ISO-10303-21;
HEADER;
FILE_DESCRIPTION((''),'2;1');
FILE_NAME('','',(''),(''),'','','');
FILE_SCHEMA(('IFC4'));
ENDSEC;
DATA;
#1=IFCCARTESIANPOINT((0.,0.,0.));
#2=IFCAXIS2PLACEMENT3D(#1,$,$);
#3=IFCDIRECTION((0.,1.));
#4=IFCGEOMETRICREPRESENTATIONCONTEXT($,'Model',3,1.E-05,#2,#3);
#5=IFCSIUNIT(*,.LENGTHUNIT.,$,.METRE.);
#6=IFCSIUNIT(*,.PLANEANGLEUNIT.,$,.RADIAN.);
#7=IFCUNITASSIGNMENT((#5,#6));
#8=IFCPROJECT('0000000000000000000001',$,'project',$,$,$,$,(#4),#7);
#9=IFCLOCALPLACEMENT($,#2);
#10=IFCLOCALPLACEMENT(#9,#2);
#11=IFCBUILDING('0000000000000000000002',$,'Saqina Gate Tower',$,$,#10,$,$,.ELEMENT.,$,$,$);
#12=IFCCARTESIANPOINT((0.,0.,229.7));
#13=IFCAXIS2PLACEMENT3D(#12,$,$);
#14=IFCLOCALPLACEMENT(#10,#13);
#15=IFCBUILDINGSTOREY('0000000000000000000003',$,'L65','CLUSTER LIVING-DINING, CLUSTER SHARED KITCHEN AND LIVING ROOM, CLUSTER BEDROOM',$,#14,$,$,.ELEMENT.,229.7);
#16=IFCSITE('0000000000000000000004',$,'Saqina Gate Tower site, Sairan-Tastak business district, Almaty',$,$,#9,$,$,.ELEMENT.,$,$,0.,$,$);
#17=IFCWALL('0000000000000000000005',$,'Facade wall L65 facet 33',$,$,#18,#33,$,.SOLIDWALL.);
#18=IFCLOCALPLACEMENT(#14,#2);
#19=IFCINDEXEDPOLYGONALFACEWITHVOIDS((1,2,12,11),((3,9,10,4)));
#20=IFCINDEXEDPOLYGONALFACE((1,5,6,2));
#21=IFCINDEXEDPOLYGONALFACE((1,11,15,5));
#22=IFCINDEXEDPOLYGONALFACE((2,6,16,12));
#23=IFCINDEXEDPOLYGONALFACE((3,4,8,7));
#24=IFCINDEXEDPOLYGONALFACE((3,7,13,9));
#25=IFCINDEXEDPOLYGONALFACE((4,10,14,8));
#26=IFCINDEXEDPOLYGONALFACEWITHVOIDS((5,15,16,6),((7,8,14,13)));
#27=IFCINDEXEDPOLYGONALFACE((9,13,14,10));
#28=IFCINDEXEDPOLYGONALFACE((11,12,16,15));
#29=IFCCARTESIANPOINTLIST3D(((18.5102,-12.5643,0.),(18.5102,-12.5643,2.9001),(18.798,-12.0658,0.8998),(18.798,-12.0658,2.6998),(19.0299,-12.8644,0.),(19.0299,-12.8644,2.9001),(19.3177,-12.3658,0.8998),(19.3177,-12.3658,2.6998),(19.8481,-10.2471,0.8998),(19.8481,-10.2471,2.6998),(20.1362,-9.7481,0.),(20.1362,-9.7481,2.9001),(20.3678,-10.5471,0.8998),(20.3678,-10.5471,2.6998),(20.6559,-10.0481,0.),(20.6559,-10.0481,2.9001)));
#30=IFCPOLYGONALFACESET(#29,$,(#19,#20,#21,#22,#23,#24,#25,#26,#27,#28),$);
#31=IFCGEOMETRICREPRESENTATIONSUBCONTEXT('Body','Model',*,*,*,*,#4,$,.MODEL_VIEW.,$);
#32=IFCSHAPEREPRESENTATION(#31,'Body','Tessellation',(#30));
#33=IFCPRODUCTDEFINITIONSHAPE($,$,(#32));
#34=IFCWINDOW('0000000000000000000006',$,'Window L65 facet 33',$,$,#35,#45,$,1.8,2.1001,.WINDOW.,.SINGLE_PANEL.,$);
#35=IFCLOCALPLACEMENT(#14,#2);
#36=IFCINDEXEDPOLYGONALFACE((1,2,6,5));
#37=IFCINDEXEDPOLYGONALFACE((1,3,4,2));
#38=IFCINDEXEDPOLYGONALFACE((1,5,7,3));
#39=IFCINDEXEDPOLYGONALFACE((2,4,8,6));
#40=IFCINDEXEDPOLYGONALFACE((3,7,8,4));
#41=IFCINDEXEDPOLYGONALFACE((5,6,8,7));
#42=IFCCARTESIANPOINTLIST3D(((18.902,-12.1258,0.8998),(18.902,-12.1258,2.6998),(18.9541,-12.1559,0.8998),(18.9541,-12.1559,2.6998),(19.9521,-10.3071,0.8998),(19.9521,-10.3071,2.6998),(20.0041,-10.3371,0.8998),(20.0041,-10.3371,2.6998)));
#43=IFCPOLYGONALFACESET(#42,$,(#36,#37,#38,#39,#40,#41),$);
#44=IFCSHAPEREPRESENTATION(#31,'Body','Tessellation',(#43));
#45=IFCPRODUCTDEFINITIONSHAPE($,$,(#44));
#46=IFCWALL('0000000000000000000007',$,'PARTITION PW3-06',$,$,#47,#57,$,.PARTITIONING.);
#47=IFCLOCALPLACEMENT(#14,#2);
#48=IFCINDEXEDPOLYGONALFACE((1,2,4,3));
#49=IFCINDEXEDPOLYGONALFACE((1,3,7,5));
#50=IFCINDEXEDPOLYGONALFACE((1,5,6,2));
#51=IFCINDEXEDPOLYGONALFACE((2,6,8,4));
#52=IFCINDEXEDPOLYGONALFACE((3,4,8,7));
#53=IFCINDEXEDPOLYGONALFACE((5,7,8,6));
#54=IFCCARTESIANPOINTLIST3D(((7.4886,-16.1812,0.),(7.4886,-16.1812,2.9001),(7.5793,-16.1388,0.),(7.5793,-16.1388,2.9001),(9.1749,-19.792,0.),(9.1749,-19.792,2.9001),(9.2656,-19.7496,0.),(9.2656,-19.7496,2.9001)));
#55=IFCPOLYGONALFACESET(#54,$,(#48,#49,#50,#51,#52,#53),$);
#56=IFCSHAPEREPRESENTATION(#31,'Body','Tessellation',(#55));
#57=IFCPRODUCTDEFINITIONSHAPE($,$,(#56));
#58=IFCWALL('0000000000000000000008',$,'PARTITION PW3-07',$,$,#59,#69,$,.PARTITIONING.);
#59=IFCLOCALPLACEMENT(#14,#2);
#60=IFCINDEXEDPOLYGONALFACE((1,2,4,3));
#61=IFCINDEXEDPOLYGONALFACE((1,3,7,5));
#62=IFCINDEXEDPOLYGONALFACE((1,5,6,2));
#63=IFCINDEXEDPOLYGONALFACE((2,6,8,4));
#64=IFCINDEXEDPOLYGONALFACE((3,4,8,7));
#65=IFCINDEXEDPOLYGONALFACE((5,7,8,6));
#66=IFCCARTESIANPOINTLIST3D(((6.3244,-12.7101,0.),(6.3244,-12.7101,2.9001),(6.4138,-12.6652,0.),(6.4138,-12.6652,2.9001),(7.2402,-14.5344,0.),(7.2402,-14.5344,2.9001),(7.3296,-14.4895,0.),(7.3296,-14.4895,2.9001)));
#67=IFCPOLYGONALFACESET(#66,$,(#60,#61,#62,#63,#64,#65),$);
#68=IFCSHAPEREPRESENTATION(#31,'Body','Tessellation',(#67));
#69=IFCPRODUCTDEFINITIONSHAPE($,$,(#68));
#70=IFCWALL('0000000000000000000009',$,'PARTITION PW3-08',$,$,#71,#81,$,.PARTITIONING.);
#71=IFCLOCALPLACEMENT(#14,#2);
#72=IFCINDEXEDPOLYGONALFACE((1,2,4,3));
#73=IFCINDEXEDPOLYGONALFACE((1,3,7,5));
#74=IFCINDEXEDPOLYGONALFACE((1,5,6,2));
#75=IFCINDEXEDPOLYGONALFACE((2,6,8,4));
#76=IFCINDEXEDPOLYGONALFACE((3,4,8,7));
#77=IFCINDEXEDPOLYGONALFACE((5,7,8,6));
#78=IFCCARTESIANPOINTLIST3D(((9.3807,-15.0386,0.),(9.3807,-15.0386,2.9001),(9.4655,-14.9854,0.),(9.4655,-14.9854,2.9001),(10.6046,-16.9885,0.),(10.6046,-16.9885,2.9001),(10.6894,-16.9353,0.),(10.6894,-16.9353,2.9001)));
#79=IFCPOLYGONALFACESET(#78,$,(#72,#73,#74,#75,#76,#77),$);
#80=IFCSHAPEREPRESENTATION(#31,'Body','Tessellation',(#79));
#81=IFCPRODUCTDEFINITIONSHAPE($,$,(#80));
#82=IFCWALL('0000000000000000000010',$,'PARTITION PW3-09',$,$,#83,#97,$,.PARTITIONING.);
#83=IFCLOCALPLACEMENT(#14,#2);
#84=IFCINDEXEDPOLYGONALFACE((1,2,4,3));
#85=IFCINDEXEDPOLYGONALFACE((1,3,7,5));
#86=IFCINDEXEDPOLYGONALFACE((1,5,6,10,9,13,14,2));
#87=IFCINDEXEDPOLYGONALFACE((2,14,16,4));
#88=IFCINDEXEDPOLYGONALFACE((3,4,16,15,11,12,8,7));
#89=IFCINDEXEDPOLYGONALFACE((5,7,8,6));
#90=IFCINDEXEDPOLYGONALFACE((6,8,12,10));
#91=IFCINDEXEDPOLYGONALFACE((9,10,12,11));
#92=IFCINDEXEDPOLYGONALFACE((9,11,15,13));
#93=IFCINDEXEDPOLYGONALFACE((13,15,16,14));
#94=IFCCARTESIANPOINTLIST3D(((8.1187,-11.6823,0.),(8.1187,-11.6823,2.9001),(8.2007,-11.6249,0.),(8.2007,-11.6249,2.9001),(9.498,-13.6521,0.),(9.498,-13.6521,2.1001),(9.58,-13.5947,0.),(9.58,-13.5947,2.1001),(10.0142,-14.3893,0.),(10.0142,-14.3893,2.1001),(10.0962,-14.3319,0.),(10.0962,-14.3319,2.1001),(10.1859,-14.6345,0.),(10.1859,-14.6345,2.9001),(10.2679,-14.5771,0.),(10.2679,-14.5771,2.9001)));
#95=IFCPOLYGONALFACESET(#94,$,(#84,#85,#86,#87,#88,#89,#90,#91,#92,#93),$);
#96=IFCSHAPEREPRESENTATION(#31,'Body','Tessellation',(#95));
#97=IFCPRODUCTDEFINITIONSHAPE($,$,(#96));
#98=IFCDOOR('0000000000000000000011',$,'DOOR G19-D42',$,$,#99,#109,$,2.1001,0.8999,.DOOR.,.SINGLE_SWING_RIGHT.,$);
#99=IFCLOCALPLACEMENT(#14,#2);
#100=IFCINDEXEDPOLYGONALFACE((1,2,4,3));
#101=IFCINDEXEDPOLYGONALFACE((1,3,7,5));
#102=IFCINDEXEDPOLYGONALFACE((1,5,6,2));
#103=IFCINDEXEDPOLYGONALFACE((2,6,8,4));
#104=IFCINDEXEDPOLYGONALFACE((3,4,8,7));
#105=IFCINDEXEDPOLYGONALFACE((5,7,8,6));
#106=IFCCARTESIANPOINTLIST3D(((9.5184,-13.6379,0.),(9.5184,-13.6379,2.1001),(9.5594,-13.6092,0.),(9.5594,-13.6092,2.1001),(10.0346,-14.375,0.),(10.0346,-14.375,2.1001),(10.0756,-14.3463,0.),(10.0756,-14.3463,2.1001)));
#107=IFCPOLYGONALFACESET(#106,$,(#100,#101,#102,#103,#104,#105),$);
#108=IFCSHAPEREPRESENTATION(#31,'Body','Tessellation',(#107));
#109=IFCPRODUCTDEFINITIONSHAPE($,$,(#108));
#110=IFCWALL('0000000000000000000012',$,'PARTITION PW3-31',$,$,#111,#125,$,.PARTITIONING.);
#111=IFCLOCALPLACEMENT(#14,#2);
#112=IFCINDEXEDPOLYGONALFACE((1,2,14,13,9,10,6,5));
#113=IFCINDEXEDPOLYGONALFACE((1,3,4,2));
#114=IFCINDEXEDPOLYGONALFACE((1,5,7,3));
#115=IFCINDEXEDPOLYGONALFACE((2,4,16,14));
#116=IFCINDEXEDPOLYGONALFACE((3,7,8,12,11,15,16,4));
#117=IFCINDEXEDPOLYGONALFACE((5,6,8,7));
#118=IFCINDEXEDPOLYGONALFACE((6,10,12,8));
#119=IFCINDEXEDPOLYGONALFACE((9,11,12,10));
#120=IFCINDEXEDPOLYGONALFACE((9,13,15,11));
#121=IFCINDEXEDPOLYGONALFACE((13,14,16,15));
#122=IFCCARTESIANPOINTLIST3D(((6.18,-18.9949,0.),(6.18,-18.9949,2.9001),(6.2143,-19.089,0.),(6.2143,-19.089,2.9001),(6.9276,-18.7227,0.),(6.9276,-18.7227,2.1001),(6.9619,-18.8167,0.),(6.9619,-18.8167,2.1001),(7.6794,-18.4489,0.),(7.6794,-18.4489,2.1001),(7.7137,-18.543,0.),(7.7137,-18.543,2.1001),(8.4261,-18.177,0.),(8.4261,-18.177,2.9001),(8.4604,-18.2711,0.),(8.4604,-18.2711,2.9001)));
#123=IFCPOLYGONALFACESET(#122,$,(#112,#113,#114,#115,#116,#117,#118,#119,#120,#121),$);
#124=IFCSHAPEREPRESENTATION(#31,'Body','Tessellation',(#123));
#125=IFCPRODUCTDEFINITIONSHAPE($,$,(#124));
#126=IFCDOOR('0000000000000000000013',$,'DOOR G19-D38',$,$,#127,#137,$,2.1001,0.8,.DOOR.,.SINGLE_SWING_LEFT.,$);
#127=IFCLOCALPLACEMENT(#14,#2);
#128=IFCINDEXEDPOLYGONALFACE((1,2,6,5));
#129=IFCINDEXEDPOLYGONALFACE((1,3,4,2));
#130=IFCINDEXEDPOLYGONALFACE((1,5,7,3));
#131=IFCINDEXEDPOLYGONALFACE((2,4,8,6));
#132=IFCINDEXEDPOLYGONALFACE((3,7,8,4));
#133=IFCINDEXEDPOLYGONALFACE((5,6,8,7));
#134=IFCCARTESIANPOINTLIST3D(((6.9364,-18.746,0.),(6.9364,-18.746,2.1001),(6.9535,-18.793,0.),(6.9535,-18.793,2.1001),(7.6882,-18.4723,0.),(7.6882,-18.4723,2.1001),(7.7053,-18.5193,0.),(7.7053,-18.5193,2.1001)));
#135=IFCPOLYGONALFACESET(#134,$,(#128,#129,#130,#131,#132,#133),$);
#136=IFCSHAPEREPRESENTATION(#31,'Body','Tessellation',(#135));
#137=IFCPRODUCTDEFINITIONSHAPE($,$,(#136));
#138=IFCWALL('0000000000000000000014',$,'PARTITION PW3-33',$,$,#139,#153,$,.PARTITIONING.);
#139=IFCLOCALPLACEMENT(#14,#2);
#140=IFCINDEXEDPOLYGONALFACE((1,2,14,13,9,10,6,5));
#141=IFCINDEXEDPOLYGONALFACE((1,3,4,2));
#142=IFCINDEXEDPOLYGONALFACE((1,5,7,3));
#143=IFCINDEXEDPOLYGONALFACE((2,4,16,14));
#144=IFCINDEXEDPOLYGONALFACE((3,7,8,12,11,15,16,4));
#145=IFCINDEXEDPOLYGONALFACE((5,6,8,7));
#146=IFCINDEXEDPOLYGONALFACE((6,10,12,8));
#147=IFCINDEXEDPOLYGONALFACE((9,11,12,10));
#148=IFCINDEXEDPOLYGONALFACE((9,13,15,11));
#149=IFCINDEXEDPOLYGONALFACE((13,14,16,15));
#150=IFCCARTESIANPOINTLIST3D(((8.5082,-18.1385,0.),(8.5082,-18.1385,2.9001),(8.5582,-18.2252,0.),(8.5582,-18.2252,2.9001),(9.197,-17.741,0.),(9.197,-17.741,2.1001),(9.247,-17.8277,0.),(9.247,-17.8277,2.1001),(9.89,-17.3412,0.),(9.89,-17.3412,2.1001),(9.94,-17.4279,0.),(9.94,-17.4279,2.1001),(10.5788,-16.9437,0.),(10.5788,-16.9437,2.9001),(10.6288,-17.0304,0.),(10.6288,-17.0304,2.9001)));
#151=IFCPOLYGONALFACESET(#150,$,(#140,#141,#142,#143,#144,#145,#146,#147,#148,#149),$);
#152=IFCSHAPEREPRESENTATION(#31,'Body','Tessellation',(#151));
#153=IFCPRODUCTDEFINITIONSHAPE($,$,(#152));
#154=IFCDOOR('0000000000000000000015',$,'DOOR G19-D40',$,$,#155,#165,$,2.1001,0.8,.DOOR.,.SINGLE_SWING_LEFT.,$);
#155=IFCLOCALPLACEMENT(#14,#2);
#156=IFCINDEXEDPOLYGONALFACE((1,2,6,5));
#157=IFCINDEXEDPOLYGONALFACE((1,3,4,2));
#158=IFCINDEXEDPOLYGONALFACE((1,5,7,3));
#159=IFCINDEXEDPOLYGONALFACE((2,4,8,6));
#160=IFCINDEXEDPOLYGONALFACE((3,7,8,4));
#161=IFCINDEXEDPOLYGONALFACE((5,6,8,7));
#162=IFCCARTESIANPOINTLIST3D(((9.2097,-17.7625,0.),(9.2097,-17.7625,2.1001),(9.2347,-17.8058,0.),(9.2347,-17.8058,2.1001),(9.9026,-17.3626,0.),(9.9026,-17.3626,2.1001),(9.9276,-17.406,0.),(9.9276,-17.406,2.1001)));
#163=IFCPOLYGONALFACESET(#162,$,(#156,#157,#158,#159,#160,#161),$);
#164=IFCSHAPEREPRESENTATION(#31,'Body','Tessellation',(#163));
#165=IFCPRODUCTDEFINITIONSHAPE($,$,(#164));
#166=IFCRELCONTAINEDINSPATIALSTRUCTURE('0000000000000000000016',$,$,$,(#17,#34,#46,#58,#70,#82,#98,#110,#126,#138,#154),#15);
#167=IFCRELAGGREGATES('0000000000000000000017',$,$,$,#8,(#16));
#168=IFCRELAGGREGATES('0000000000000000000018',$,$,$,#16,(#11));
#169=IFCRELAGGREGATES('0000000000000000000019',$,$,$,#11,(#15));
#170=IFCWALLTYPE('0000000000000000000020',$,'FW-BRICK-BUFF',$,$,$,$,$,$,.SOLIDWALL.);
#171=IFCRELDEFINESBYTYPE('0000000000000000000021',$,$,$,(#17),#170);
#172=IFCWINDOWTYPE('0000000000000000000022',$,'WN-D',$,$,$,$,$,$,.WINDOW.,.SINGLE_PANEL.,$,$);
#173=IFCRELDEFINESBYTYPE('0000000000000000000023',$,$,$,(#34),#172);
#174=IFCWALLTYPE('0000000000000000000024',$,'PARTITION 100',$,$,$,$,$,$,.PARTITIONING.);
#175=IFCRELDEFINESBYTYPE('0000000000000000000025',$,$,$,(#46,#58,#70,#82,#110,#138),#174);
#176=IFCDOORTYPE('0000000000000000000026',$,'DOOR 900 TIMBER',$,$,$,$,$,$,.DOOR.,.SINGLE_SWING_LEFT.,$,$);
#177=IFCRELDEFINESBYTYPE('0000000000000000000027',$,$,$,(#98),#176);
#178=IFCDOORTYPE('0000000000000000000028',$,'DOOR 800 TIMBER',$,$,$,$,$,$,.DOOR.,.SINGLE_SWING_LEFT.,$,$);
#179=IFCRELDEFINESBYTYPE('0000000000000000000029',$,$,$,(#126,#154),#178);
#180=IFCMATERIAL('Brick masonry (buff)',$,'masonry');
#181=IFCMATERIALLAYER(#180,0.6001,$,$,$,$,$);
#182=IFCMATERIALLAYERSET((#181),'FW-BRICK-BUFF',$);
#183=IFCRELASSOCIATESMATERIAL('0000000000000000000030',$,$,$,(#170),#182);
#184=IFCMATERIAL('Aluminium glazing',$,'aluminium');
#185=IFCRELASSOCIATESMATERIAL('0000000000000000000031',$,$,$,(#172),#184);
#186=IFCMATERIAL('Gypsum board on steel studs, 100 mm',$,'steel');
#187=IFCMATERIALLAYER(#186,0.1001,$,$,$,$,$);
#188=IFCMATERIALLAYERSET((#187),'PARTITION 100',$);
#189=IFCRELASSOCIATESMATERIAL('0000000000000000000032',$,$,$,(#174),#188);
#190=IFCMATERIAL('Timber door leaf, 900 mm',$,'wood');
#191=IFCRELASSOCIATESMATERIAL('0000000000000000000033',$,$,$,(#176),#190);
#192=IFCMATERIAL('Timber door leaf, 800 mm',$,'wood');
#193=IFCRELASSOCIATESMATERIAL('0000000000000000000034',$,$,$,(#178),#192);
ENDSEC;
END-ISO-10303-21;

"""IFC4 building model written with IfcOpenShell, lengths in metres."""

from ifc_helpers import new_model, si_unit, direction, frame, frame_2d, origin, place, context, subcontext, project, spatial, rectangle, extrude, material, layer, layer_set, type_object, element, fill, save


model = new_model("IFC4")

# Units and contexts
model_context = context("Model", 3, precision=1e-05, world=origin(), true_north=direction((0.0, 1.0)))
body_context = subcontext(model_context, "Body", "Model", "MODEL_VIEW")
ifc_project = project(units=[si_unit("LENGTHUNIT", "METRE"), si_unit("PLANEANGLEUNIT", "RADIAN")], contexts=[model_context])

# Site, building, storey
site_placement = place(None, origin())
site = spatial("IfcSite", under=ifc_project, at=site_placement, Name="Saqina Gate Tower site, Sairan-Tastak business district, Almaty", CompositionType="ELEMENT", RefElevation=0.0)
building_placement = place(site_placement, origin())
building = spatial("IfcBuilding", under=site, at=building_placement, Name="Saqina Gate Tower", CompositionType="ELEMENT")
storey_placement = place(building_placement, frame((0.0, 0.0, 229.7)))
storey = spatial("IfcBuildingStorey", under=building, at=storey_placement, Name="L65", Description="CLUSTER LIVING-DINING, CLUSTER SHARED KITCHEN AND LIVING ROOM, CLUSTER BEDROOM", CompositionType="ELEMENT", Elevation=229.7)

# Wall, opening, window
ifc_material_1 = material(Name="Brick masonry (buff)", Category="masonry")
ifc_layer_1 = layer(ifc_material_1, 0.6001)
ifc_layer_set_1 = layer_set([ifc_layer_1], Name="FW-BRICK-BUFF")
wall_type_1 = type_object("IfcWallType", Name="FW-BRICK-BUFF", PredefinedType="SOLIDWALL", material=ifc_layer_set_1)
ifc_material_2 = material(Name="Aluminium glazing", Category="aluminium")
window_type = type_object("IfcWindowType", Name="WN-D", PartitioningType="SINGLE_PANEL", PredefinedType="WINDOW", material=ifc_material_2)
wall_1_placement = place(storey_placement, frame((18.77, -12.7144, 0.0), z_axis=(0.0, 0.0, 1.0), x_axis=(0.500015, 0.866017, 0.0)))
wall_1 = element("IfcWall", 1, at=wall_1_placement, inside=storey, type_object=wall_type_1, Name="Facade wall L65 facet 33", PredefinedType="SOLIDWALL", context=body_context, shape_type="SweptSolid", body=[
    extrude(rectangle(XDim=3.252, YDim=0.6001, at=frame_2d((1.626, 0.0))), origin(), (0.0, 0.0, 1.0), 2.9001),
])
opening_1_placement = place(wall_1_placement, frame((0.5757, 0.0, 0.8999)))
opening_1 = element("IfcOpeningElement", 2, at=opening_1_placement, cuts=wall_1, PredefinedType="OPENING", context=body_context, shape_type="SweptSolid", body=[
    extrude(rectangle(XDim=2.1001, YDim=1.8, at=frame_2d((1.05, 0.8999))), frame((0.0, 0.312, 0.0), z_axis=(0.0, -1.0, 0.0), x_axis=(1.0, 0.0, 0.0)), (0.0, 0.0, 1.0), 0.624),
])
window_1_placement = place(opening_1_placement, origin())
window_1 = element("IfcWindow", 3, at=window_1_placement, inside=storey, type_object=window_type, Name="Window L65 facet 33", OverallHeight=1.8, OverallWidth=2.1001, PartitioningType="SINGLE_PANEL", PredefinedType="WINDOW", context=body_context, shape_type="SweptSolid", body=[
    extrude(rectangle(XDim=2.1001, YDim=1.8, at=frame_2d((1.05, 0.8999))), frame((0.0, 0.1799, 0.0), z_axis=(0.0, -1.0, 0.0), x_axis=(1.0, 0.0, 0.0)), (0.0, 0.0, 1.0), 0.0601),
])
fill(opening_1, window_1)

# Walls
ifc_material_3 = material(Name="Gypsum board on steel studs, 100 mm", Category="steel")
ifc_layer_2 = layer(ifc_material_3, 0.1001)
ifc_layer_set_2 = layer_set([ifc_layer_2], Name="PARTITION 100")
wall_type_2 = type_object("IfcWallType", Name="PARTITION 100", PredefinedType="PARTITIONING", material=ifc_layer_set_2)
wall_2_placement = place(storey_placement, frame((7.5339, -16.1599, 0.0), z_axis=(0.0, 0.0, 1.0), x_axis=(0.423137, -0.906066, 0.0)))
element("IfcWall", 4, at=wall_2_placement, inside=storey, type_object=wall_type_2, Name="PARTITION PW3-06", PredefinedType="PARTITIONING", context=body_context, shape_type="SweptSolid", body=[
    extrude(rectangle(XDim=3.9851, YDim=0.1001, at=frame_2d((1.9927, 0.0))), origin(), (0.0, 0.0, 1.0), 2.9001),
])
wall_3_placement = place(storey_placement, frame((6.3691, -12.6877, 0.0), z_axis=(0.0, 0.0, 1.0), x_axis=(0.448648, -0.893708, 0.0)))
element("IfcWall", 5, at=wall_3_placement, inside=storey, type_object=wall_type_2, Name="PARTITION PW3-07", PredefinedType="PARTITIONING", context=body_context, shape_type="SweptSolid", body=[
    extrude(rectangle(XDim=2.0413, YDim=0.1001, at=frame_2d((1.0205, 0.0))), origin(), (0.0, 0.0, 1.0), 2.9001),
])
wall_4_placement = place(storey_placement, frame((9.4231, -15.012, 0.0), z_axis=(0.0, 0.0, 1.0), x_axis=(0.531609, -0.84699, 0.0)))
element("IfcWall", 6, at=wall_4_placement, inside=storey, type_object=wall_type_2, Name="PARTITION PW3-08", PredefinedType="PARTITIONING", context=body_context, shape_type="SweptSolid", body=[
    extrude(rectangle(XDim=2.3022, YDim=0.1001, at=frame_2d((1.1511, 0.0))), origin(), (0.0, 0.0, 1.0), 2.9001),
])

# Walls, openings, doors
wall_5_placement = place(storey_placement, frame((8.1597, -11.6536, 0.0), z_axis=(0.0, 0.0, 1.0), x_axis=(0.573581, -0.819149, 0.0)))
wall_5 = element("IfcWall", 7, at=wall_5_placement, inside=storey, type_object=wall_type_2, Name="PARTITION PW3-09", PredefinedType="PARTITIONING", context=body_context, shape_type="SweptSolid", body=[
    extrude(rectangle(XDim=3.604, YDim=0.1001, at=frame_2d((1.802, 0.0))), origin(), (0.0, 0.0, 1.0), 2.9001),
])
opening_2_placement = place(wall_5_placement, frame((2.4048, 0.0, 0.0)))
opening_2 = element("IfcOpeningElement", 8, at=opening_2_placement, cuts=wall_5, PredefinedType="OPENING", context=body_context, shape_type="SweptSolid", body=[
    extrude(rectangle(XDim=0.8999, YDim=2.1001, at=frame_2d((0.45, 1.05))), frame((0.0, 0.062, 0.0), z_axis=(0.0, -1.0, 0.0), x_axis=(1.0, 0.0, 0.0)), (0.0, 0.0, 1.0), 0.124),
])
ifc_material_4 = material(Name="Timber door leaf, 900 mm", Category="wood")
door_type_1 = type_object("IfcDoorType", Name="DOOR 900 TIMBER", OperationType="SINGLE_SWING_LEFT", PredefinedType="DOOR", material=ifc_material_4)
door_1_placement = place(opening_2_placement, origin())
door_1 = element("IfcDoor", 9, at=door_1_placement, inside=storey, type_object=door_type_1, Name="DOOR G19-D42", OperationType="SINGLE_SWING_RIGHT", OverallHeight=2.1001, OverallWidth=0.8999, PredefinedType="DOOR", context=body_context, shape_type="SweptSolid", body=[
    extrude(rectangle(XDim=0.8999, YDim=2.1001, at=frame_2d((0.45, 1.05))), frame((0.0, 0.0249, 0.0), z_axis=(0.0, -1.0, 0.0), x_axis=(1.0, 0.0, 0.0)), (0.0, 0.0, 1.0), 0.05),
])
fill(opening_2, door_1)
wall_6_placement = place(storey_placement, frame((6.197, -19.042, 0.0), z_axis=(0.0, 0.0, 1.0), x_axis=(0.939644, 0.342153, 0.0)))
wall_6 = element("IfcWall", 10, at=wall_6_placement, inside=storey, type_object=wall_type_2, Name="PARTITION PW3-31", PredefinedType="PARTITIONING", context=body_context, shape_type="SweptSolid", body=[
    extrude(rectangle(XDim=2.3904, YDim=0.1001, at=frame_2d((1.1953, 0.0))), origin(), (0.0, 0.0, 1.0), 2.9001),
])
opening_3_placement = place(wall_6_placement, frame((0.7959, 0.0, 0.0)))
opening_3 = element("IfcOpeningElement", 11, at=opening_3_placement, cuts=wall_6, PredefinedType="OPENING", context=body_context, shape_type="SweptSolid", body=[
    extrude(rectangle(XDim=0.8, YDim=2.1001, at=frame_2d((0.3999, 1.05))), frame((0.0, 0.062, 0.0), z_axis=(0.0, -1.0, 0.0), x_axis=(1.0, 0.0, 0.0)), (0.0, 0.0, 1.0), 0.124),
])
ifc_material_5 = material(Name="Timber door leaf, 800 mm", Category="wood")
door_type_2 = type_object("IfcDoorType", Name="DOOR 800 TIMBER", OperationType="SINGLE_SWING_LEFT", PredefinedType="DOOR", material=ifc_material_5)
door_2_placement = place(opening_3_placement, frame((0.8, 0.0, 0.0), z_axis=(0.0, 0.0, 1.0), x_axis=(-1.0, 0.0, 0.0)))
door_2 = element("IfcDoor", 12, at=door_2_placement, inside=storey, type_object=door_type_2, Name="DOOR G19-D38", OperationType="SINGLE_SWING_LEFT", OverallHeight=2.1001, OverallWidth=0.8, PredefinedType="DOOR", context=body_context, shape_type="SweptSolid", body=[
    extrude(rectangle(XDim=0.8, YDim=2.1001, at=frame_2d((0.3999, 1.05))), frame((0.0, 0.0249, 0.0), z_axis=(0.0, -1.0, 0.0), x_axis=(1.0, 0.0, 0.0)), (0.0, 0.0, 1.0), 0.05),
])
fill(opening_3, door_2)
wall_7_placement = place(storey_placement, frame((8.5332, -18.1819, 0.0), z_axis=(0.0, 0.0, 1.0), x_axis=(0.866136, 0.499808, 0.0)))
wall_7 = element("IfcWall", 13, at=wall_7_placement, inside=storey, type_object=wall_type_2, Name="PARTITION PW3-33", PredefinedType="PARTITIONING", context=body_context, shape_type="SweptSolid", body=[
    extrude(rectangle(XDim=2.3906, YDim=0.1001, at=frame_2d((1.1953, 0.0))), origin(), (0.0, 0.0, 1.0), 2.9001),
])
opening_4_placement = place(wall_7_placement, frame((0.7954, 0.0, 0.0)))
opening_4 = element("IfcOpeningElement", 14, at=opening_4_placement, cuts=wall_7, PredefinedType="OPENING", context=body_context, shape_type="SweptSolid", body=[
    extrude(rectangle(XDim=0.8, YDim=2.1001, at=frame_2d((0.3999, 1.05))), frame((0.0, 0.062, 0.0), z_axis=(0.0, -1.0, 0.0), x_axis=(1.0, 0.0, 0.0)), (0.0, 0.0, 1.0), 0.124),
])
door_3_placement = place(opening_4_placement, frame((0.8, 0.0, 0.0), z_axis=(0.0, 0.0, 1.0), x_axis=(-1.0, 0.0, 0.0)))
door_3 = element("IfcDoor", 15, at=door_3_placement, inside=storey, type_object=door_type_2, Name="DOOR G19-D40", OperationType="SINGLE_SWING_LEFT", OverallHeight=2.1001, OverallWidth=0.8, PredefinedType="DOOR", context=body_context, shape_type="SweptSolid", body=[
    extrude(rectangle(XDim=0.8, YDim=2.1001, at=frame_2d((0.3999, 1.05))), frame((0.0, 0.0249, 0.0), z_axis=(0.0, -1.0, 0.0), x_axis=(1.0, 0.0, 0.0)), (0.0, 0.0, 1.0), 0.05),
])
fill(opening_4, door_3)

save(model, "model.ifc")
